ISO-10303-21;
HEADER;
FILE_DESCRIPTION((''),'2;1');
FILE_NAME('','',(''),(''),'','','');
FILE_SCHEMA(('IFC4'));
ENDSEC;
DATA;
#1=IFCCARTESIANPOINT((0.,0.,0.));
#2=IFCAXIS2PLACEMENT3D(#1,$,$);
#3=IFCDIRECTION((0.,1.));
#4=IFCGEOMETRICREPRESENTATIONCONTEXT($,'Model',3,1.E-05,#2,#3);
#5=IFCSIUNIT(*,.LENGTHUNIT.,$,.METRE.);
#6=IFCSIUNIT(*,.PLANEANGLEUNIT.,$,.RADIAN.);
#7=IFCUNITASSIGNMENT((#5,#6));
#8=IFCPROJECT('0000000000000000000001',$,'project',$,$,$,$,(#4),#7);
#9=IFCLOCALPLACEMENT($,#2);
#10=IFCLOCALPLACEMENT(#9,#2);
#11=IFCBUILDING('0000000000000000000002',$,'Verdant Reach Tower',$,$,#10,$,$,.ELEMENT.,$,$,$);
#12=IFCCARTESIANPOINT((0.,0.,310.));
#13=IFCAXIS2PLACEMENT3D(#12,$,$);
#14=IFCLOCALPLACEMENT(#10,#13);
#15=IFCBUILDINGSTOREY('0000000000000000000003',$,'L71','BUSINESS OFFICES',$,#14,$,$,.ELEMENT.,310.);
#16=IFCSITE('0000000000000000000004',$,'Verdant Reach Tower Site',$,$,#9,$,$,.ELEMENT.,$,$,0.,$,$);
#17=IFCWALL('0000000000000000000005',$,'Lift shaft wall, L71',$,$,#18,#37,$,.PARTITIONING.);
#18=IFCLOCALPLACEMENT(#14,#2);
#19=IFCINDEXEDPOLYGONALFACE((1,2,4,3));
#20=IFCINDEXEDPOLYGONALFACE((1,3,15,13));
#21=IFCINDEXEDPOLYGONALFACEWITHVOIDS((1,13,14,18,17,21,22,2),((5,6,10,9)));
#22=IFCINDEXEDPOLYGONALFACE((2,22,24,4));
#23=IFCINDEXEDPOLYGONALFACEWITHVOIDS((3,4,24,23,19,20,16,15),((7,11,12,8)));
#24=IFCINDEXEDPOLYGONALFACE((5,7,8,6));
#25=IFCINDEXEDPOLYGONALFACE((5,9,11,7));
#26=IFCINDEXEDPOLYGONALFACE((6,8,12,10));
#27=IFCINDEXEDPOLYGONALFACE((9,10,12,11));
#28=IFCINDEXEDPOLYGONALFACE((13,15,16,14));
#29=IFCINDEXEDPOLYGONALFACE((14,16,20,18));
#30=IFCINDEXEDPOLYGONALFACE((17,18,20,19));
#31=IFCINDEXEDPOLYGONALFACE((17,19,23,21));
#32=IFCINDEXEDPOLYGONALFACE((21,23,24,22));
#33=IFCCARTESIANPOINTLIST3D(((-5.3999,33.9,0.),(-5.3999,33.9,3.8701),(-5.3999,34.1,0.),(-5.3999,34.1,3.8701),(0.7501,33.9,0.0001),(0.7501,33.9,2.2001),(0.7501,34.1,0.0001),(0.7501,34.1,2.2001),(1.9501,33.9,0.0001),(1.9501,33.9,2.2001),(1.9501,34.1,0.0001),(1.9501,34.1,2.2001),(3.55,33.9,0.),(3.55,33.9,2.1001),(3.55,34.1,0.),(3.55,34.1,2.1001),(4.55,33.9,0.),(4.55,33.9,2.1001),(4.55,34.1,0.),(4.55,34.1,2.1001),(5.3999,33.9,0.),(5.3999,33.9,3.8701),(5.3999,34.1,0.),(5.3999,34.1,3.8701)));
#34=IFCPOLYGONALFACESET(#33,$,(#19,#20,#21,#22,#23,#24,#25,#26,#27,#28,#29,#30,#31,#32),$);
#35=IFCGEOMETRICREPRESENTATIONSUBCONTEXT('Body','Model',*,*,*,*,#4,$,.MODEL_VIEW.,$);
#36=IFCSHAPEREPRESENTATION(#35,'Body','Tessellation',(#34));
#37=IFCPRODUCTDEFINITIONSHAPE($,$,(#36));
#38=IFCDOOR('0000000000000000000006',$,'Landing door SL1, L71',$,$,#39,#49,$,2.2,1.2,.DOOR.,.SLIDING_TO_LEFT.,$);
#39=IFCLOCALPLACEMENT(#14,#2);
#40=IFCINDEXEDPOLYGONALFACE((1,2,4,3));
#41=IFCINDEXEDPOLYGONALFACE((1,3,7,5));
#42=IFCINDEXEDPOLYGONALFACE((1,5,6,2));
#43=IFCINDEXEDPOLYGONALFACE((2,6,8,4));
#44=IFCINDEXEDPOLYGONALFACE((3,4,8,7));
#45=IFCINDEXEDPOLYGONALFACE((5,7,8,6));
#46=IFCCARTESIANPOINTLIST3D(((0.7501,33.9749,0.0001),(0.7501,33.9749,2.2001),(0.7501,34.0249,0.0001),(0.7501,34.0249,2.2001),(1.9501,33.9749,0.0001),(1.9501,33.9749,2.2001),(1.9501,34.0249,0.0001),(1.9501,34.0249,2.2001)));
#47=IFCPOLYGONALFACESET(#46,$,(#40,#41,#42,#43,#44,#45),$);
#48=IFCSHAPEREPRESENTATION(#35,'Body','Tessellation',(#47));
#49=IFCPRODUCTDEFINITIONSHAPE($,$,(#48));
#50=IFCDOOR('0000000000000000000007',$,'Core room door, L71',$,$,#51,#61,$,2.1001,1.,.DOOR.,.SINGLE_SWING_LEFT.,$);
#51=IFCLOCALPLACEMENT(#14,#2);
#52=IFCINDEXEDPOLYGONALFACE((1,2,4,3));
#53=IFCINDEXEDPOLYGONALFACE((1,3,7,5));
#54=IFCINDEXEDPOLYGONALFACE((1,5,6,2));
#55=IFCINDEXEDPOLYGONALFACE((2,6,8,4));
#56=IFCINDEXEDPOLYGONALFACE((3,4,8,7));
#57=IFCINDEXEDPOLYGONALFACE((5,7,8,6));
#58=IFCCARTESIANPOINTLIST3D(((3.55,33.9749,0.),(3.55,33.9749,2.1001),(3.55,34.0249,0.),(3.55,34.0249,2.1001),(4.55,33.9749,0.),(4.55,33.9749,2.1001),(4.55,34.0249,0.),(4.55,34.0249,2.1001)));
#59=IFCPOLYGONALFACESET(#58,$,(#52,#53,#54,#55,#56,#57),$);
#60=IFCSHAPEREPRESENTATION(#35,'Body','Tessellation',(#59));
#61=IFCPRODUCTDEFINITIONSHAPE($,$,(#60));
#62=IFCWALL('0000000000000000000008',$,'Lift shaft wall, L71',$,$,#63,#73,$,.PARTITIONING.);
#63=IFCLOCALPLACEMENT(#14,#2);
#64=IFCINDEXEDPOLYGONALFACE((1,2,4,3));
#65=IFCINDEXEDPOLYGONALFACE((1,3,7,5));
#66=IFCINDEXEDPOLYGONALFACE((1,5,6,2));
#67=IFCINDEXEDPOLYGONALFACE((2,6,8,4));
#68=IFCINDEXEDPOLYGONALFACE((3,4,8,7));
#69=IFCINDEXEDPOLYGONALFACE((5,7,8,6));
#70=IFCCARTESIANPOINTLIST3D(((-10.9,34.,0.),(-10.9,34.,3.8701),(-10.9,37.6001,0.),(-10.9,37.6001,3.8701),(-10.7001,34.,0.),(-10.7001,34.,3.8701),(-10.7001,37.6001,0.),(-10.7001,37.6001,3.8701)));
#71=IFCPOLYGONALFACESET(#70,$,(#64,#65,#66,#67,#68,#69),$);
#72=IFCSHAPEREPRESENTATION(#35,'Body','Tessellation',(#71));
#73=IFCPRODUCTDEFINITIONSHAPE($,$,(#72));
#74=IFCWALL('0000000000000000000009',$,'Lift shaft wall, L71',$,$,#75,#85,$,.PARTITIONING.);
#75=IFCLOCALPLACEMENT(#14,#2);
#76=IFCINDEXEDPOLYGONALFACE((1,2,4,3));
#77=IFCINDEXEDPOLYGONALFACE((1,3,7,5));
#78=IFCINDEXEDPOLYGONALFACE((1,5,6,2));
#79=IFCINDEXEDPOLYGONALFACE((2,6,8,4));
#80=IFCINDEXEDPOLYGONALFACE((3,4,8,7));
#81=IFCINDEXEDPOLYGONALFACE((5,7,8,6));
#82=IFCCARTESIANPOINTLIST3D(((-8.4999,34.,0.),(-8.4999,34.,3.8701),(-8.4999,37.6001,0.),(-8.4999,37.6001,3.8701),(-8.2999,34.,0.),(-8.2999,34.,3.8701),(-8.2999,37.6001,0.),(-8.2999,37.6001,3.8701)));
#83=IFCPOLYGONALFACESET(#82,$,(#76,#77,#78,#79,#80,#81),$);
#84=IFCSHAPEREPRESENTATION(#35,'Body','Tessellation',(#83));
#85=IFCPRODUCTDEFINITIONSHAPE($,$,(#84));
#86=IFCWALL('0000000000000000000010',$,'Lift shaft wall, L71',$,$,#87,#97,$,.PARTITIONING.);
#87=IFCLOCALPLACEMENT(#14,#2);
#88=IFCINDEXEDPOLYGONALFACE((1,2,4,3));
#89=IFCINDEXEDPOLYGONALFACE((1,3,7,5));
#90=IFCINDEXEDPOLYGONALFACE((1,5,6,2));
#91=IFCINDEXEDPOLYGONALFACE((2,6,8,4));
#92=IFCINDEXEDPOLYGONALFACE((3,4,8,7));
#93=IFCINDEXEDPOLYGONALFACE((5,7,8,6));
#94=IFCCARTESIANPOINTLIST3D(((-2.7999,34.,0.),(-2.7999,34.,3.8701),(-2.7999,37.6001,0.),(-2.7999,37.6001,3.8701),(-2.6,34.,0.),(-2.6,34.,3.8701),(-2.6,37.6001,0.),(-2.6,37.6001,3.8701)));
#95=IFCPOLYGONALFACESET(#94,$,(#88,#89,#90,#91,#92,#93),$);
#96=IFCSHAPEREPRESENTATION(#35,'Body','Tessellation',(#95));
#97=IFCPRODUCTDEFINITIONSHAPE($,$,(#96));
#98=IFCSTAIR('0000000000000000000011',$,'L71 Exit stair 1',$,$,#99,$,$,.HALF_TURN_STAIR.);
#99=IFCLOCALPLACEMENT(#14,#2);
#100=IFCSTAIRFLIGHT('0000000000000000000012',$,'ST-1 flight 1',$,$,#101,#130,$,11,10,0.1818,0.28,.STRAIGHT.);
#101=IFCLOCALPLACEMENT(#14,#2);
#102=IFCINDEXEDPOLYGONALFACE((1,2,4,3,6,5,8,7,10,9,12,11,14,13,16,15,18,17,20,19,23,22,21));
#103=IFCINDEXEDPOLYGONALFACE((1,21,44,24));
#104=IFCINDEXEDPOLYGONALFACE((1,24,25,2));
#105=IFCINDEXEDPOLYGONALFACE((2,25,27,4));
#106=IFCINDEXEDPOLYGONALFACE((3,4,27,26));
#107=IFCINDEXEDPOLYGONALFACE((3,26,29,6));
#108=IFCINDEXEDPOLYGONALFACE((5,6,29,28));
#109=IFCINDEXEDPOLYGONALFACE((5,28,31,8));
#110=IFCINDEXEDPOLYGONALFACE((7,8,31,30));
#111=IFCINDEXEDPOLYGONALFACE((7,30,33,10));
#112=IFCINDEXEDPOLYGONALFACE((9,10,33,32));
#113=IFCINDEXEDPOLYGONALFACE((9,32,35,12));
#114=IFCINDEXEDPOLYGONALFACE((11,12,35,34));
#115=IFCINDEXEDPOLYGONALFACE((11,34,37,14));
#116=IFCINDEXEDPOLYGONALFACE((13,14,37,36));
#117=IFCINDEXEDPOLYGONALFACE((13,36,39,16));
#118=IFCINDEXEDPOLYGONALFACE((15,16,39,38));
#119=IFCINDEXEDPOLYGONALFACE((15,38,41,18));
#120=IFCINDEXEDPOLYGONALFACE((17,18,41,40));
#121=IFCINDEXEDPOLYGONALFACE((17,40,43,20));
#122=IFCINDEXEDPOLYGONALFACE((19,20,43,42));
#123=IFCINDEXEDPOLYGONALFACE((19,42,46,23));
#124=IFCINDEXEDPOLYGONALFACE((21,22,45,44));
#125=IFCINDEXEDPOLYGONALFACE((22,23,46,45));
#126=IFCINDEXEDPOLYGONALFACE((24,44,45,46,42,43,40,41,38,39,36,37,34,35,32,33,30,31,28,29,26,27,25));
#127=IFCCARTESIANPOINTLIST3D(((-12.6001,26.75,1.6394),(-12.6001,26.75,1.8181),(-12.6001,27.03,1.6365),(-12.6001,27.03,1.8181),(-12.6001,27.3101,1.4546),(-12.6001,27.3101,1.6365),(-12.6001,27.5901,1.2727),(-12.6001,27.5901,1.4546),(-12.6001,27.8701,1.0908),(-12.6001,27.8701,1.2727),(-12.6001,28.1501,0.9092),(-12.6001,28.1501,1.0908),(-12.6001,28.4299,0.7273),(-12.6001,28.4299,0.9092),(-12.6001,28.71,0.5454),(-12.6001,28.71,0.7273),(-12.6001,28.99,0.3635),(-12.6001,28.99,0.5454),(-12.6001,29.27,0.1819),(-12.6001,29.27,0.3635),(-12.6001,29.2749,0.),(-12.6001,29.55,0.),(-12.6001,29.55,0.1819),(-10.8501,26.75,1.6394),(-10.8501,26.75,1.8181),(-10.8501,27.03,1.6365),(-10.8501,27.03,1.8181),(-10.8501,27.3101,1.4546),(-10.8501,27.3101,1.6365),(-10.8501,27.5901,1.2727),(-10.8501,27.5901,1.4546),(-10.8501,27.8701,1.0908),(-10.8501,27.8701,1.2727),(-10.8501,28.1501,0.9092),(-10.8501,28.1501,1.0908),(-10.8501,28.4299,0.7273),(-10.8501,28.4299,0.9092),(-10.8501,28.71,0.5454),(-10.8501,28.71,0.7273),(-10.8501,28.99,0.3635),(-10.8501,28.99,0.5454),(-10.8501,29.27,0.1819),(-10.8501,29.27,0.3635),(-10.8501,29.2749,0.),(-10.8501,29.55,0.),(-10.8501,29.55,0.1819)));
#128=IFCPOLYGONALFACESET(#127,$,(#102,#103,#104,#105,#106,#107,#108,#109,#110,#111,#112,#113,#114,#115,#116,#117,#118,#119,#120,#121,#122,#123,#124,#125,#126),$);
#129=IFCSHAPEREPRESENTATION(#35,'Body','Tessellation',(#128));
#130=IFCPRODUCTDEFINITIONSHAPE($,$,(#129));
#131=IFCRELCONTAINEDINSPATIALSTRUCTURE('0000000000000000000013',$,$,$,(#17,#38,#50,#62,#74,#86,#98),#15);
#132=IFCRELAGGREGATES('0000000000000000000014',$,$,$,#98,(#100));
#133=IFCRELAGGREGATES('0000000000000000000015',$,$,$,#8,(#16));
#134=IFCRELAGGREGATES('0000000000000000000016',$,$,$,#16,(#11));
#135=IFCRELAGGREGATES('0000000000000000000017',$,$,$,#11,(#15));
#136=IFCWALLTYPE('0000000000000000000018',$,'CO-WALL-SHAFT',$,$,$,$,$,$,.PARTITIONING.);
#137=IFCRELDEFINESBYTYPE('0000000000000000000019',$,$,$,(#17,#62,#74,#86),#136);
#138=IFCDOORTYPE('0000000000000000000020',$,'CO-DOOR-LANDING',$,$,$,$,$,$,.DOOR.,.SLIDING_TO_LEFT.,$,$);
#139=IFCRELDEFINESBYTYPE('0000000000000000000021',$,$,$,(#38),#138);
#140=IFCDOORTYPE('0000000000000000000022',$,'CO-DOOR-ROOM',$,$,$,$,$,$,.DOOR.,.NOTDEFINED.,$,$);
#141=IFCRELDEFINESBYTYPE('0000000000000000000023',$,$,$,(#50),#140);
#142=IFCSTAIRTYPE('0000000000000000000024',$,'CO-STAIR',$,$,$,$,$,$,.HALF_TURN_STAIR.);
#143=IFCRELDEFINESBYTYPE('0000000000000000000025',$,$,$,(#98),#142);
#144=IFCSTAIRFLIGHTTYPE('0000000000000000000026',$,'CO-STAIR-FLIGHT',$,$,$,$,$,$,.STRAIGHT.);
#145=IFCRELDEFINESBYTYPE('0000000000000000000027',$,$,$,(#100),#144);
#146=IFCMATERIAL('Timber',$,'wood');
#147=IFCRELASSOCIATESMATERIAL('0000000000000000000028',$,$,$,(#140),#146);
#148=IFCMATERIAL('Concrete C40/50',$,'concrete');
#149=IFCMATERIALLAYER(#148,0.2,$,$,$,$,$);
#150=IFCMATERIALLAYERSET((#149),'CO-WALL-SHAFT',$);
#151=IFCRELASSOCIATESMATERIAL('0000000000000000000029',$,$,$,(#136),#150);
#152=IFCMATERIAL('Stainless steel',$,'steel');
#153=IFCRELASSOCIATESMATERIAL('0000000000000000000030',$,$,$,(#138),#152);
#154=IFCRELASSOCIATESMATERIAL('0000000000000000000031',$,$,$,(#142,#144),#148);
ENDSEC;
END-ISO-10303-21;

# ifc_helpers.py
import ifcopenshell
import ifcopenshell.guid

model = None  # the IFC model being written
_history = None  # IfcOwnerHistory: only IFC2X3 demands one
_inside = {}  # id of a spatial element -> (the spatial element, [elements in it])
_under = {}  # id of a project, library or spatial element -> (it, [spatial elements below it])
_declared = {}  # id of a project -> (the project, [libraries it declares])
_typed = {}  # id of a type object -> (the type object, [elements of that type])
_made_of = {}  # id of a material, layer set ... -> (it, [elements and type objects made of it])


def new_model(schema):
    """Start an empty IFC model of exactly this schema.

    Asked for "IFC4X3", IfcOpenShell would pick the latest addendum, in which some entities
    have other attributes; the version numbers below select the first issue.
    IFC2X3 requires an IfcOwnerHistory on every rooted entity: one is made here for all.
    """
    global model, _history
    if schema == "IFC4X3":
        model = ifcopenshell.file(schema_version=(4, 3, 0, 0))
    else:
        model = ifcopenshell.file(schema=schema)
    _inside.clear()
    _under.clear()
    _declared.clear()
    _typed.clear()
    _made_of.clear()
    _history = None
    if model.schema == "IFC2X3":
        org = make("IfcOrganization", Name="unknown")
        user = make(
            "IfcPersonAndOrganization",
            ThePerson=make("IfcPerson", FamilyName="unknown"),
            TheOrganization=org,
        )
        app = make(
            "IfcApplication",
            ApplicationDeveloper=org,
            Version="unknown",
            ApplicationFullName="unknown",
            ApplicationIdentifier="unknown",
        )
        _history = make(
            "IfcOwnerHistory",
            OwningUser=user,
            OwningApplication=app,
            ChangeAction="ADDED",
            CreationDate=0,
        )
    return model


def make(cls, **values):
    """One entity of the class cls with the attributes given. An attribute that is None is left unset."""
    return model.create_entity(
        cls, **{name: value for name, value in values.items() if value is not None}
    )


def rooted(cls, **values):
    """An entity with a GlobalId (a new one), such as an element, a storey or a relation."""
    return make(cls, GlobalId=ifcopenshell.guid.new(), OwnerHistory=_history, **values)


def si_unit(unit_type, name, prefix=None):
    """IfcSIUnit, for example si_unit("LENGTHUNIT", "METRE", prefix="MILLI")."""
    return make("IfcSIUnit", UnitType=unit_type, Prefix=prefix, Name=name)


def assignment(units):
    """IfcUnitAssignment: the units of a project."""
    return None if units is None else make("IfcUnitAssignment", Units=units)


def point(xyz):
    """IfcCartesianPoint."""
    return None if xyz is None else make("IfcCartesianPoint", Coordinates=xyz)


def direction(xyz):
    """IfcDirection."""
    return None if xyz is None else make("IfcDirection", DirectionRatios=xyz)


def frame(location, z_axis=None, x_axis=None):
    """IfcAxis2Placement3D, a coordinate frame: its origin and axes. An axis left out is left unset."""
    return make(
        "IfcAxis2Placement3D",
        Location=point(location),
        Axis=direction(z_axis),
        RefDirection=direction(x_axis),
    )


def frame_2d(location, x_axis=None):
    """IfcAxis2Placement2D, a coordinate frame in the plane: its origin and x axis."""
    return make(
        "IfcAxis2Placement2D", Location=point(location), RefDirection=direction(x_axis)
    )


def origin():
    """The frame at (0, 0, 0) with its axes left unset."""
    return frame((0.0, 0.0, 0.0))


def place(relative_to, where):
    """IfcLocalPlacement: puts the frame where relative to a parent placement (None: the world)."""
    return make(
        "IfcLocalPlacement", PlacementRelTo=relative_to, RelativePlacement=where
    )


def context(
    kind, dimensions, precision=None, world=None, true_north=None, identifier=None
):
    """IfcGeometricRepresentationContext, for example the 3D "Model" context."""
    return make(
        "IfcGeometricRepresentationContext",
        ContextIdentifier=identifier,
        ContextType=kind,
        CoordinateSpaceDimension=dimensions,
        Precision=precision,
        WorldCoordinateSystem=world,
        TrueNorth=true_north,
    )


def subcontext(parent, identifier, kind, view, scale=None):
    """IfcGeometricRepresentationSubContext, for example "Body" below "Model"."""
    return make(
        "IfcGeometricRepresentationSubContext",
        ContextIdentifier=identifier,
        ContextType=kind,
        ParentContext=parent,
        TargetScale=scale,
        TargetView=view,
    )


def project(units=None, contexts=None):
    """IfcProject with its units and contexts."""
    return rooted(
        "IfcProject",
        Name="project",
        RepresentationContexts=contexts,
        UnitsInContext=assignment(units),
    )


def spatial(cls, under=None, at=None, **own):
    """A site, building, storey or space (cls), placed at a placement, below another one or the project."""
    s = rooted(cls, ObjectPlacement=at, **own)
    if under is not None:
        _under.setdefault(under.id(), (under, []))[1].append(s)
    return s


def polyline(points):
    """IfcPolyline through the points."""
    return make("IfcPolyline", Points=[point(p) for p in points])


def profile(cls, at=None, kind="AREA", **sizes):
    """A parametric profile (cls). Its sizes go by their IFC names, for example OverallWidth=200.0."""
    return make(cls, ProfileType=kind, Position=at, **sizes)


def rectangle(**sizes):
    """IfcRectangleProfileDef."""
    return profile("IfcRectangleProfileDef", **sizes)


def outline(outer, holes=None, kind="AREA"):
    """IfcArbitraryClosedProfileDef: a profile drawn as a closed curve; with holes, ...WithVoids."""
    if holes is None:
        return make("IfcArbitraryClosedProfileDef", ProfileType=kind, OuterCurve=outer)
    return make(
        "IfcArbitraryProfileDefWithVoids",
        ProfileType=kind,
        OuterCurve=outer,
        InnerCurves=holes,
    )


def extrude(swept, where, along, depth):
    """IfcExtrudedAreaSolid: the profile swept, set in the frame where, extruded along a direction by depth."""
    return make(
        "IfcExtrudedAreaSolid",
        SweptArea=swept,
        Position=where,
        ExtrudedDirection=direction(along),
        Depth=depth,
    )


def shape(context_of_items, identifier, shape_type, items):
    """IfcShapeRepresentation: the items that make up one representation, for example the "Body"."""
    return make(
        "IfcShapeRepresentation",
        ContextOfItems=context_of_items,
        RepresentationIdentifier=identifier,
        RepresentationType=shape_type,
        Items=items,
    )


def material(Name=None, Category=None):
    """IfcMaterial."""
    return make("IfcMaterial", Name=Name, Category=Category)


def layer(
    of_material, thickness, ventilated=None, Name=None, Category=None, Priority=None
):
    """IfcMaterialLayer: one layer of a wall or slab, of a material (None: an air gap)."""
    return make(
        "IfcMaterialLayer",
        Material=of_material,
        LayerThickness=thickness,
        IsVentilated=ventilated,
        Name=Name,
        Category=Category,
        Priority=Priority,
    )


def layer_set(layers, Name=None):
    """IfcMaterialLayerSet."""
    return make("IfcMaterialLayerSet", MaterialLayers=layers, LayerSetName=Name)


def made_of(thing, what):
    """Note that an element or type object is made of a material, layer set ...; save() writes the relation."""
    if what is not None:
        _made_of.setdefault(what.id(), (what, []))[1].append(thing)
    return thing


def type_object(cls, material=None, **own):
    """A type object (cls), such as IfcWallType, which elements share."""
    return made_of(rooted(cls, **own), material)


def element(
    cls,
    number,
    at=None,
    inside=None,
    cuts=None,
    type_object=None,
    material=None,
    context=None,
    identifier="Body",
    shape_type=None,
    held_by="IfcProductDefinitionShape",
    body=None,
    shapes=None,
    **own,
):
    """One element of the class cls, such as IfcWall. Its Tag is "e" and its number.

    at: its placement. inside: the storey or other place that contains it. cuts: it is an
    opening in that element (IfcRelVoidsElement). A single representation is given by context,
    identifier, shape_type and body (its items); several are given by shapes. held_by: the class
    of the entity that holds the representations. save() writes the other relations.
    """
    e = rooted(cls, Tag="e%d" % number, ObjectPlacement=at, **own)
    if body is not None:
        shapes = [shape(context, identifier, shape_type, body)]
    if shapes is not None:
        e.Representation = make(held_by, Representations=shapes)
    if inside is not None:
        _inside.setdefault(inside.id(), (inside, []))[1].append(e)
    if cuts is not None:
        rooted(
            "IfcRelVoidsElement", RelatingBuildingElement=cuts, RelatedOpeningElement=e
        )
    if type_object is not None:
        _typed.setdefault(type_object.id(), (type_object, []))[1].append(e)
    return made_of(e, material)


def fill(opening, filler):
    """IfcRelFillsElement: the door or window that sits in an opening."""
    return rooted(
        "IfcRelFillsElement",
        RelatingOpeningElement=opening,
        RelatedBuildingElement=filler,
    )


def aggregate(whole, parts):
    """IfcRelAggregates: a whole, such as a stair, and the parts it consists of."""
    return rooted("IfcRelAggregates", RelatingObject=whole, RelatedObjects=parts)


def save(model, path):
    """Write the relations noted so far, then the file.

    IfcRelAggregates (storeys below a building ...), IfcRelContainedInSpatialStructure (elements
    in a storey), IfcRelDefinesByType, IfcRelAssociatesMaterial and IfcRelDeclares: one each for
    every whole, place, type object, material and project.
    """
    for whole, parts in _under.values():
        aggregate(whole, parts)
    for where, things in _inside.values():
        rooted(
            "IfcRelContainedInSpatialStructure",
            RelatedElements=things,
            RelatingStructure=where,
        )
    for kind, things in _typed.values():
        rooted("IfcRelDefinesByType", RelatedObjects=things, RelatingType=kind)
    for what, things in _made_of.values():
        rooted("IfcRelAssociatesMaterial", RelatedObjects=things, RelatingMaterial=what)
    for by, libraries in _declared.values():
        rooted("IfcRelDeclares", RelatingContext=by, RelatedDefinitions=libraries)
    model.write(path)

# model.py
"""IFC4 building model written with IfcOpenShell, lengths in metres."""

from ifc_helpers import new_model, si_unit, direction, frame, frame_2d, origin, place, context, subcontext, project, spatial, polyline, rectangle, outline, extrude, material, layer, layer_set, type_object, element, fill, aggregate, save


model = new_model("IFC4")

# Units and contexts
model_context = context("Model", 3, precision=1e-05, world=origin(), true_north=direction((0.0, 1.0)))
body_context = subcontext(model_context, "Body", "Model", "MODEL_VIEW")
ifc_project = project(units=[si_unit("LENGTHUNIT", "METRE"), si_unit("PLANEANGLEUNIT", "RADIAN")], contexts=[model_context])

# Site, building, storey
site_placement = place(None, origin())
site = spatial("IfcSite", under=ifc_project, at=site_placement, Name="Verdant Reach Tower Site", CompositionType="ELEMENT", RefElevation=0.0)
building_placement = place(site_placement, origin())
building = spatial("IfcBuilding", under=site, at=building_placement, Name="Verdant Reach Tower", CompositionType="ELEMENT")
storey_placement = place(building_placement, frame((0.0, 0.0, 310.0)))
storey = spatial("IfcBuildingStorey", under=building, at=storey_placement, Name="L71", Description="BUSINESS OFFICES", CompositionType="ELEMENT", Elevation=310.0)

# Wall, openings, doors
ifc_material_1 = material(Name="Timber", Category="wood")
door_type_1 = type_object("IfcDoorType", Name="CO-DOOR-ROOM", OperationType="NOTDEFINED", PredefinedType="DOOR", material=ifc_material_1)
ifc_material_2 = material(Name="Concrete C40/50", Category="concrete")
ifc_layer_1 = layer(ifc_material_2, 0.2)
ifc_layer_set_1 = layer_set([ifc_layer_1], Name="CO-WALL-SHAFT")
wall_type_1 = type_object("IfcWallType", Name="CO-WALL-SHAFT", PredefinedType="PARTITIONING", material=ifc_layer_set_1)
ifc_material_3 = material(Name="Stainless steel", Category="steel")
wall_1_placement = place(storey_placement, frame((-5.3999, 34.0, 0.0), z_axis=(0.0, 0.0, 1.0), x_axis=(1.0, 0.0, 0.0)))
wall_1 = element("IfcWall", 1, at=wall_1_placement, inside=storey, type_object=wall_type_1, Name="Lift shaft wall, L71", PredefinedType="PARTITIONING", context=body_context, shape_type="SweptSolid", body=[
    extrude(rectangle(XDim=10.7998, YDim=0.2, at=frame_2d((5.3999, 0.0))), origin(), (0.0, 0.0, 1.0), 3.8701),
])
opening_1_placement = place(wall_1_placement, frame((6.1499, 0.0, 0.0)))
opening_1 = element("IfcOpeningElement", 2, at=opening_1_placement, cuts=wall_1, PredefinedType="OPENING", context=body_context, shape_type="SweptSolid", body=[
    extrude(rectangle(XDim=1.2, YDim=2.2, at=frame_2d((0.6001, 1.1001))), frame((0.0, 0.1099, 0.0), z_axis=(0.0, -1.0, 0.0), x_axis=(1.0, 0.0, 0.0)), (0.0, 0.0, 1.0), 0.22),
])
opening_2_placement = place(wall_1_placement, frame((8.95, 0.0, 0.0)))
opening_2 = element("IfcOpeningElement", 3, at=opening_2_placement, cuts=wall_1, PredefinedType="OPENING", context=body_context, shape_type="SweptSolid", body=[
    extrude(rectangle(XDim=1.0, YDim=2.1001, at=frame_2d((0.5, 1.05))), frame((0.0, 0.1099, 0.0), z_axis=(0.0, -1.0, 0.0), x_axis=(1.0, 0.0, 0.0)), (0.0, 0.0, 1.0), 0.22),
])
door_type_2 = type_object("IfcDoorType", Name="CO-DOOR-LANDING", OperationType="SLIDING_TO_LEFT", PredefinedType="DOOR", material=ifc_material_3)
door_1_placement = place(opening_1_placement, origin())
door_1 = element("IfcDoor", 4, at=door_1_placement, inside=storey, type_object=door_type_2, Name="Landing door SL1, L71", OperationType="SLIDING_TO_LEFT", OverallHeight=2.2, OverallWidth=1.2, PredefinedType="DOOR", context=body_context, shape_type="SweptSolid", body=[
    extrude(rectangle(XDim=1.2, YDim=2.2, at=frame_2d((0.6001, 1.1001))), frame((0.0, 0.0249, 0.0), z_axis=(0.0, -1.0, 0.0), x_axis=(1.0, 0.0, 0.0)), (0.0, 0.0, 1.0), 0.05),
])
fill(opening_1, door_1)
door_2_placement = place(opening_2_placement, origin())
door_2 = element("IfcDoor", 5, at=door_2_placement, inside=storey, type_object=door_type_1, Name="Core room door, L71", OperationType="SINGLE_SWING_LEFT", OverallHeight=2.1001, OverallWidth=1.0, PredefinedType="DOOR", context=body_context, shape_type="SweptSolid", body=[
    extrude(rectangle(XDim=1.0, YDim=2.1001, at=frame_2d((0.5, 1.05))), frame((0.0, 0.0249, 0.0), z_axis=(0.0, -1.0, 0.0), x_axis=(1.0, 0.0, 0.0)), (0.0, 0.0, 1.0), 0.05),
])
fill(opening_2, door_2)

# Walls
for number, where, z_axis, x_axis, name in (
    (6, (-10.8, 34.0, 0.0), (0.0, 0.0, 1.0), (0.0, 1.0, 0.0), "Lift shaft wall, L71"),
    (7, (-8.3999, 34.0, 0.0), (0.0, 0.0, 1.0), (0.0, 1.0, 0.0), "Lift shaft wall, L71"),
    (8, (-2.7, 34.0, 0.0), (0.0, 0.0, 1.0), (0.0, 1.0, 0.0), "Lift shaft wall, L71"),
):
    element("IfcWall", number, at=place(storey_placement, frame(where, z_axis=z_axis, x_axis=x_axis)), inside=storey, type_object=wall_type_1, Name=name, PredefinedType="PARTITIONING", context=body_context, shape_type="SweptSolid", body=[
        extrude(rectangle(XDim=3.6001, YDim=0.2, at=frame_2d((1.8, 0.0))), origin(), (0.0, 0.0, 1.0), 3.8701),
    ])

# Stair, stair flight
stair_type = type_object("IfcStairType", Name="CO-STAIR", PredefinedType="HALF_TURN_STAIR", material=ifc_material_2)
stair_placement = place(storey_placement, origin())
stair = element("IfcStair", 9, at=stair_placement, inside=storey, type_object=stair_type, Name="L71 Exit stair 1", PredefinedType="HALF_TURN_STAIR")
stair_flight_type = type_object("IfcStairFlightType", Name="CO-STAIR-FLIGHT", PredefinedType="STRAIGHT", material=ifc_material_2)
stair_flight_placement = place(storey_placement, frame((-11.7251, 29.55, 0.0), z_axis=(0.0, 0.0, 1.0), x_axis=(0.0, -1.0, 0.0)))
stair_flight = element("IfcStairFlight", 10, at=stair_flight_placement, type_object=stair_flight_type, Name="ST-1 flight 1", NumberOfRisers=11, NumberOfTreads=10, PredefinedType="STRAIGHT", RiserHeight=0.1818, TreadLength=0.28, context=body_context, shape_type="SweptSolid", body=[
    extrude(outline(polyline([(0.0, 0.0), (0.0, 0.1819), (0.28, 0.1819), (0.28, 0.3635), (0.5601, 0.3635), (0.5601, 0.5454), (0.8401, 0.5454), (0.8401, 0.7273), (1.1201, 0.7273), (1.1201, 0.9092), (1.3999, 0.9092), (1.3999, 1.0908), (1.6799, 1.0908), (1.6799, 1.2727), (1.96, 1.2727), (1.96, 1.4546), (2.24, 1.4546), (2.24, 1.6365), (2.52, 1.6365), (2.52, 1.8181), (2.8, 1.8181), (2.8, 2.0), (2.8, 1.6394), (0.2751, 0.0), (0.0, 0.0)])), frame((0.0, 0.875, 0.0), z_axis=(0.0, -1.0, 0.0), x_axis=(1.0, 0.0, 0.0)), (0.0, 0.0, 1.0), 1.75),
])
aggregate(stair, [stair_flight])

save(model, "model.ifc")
